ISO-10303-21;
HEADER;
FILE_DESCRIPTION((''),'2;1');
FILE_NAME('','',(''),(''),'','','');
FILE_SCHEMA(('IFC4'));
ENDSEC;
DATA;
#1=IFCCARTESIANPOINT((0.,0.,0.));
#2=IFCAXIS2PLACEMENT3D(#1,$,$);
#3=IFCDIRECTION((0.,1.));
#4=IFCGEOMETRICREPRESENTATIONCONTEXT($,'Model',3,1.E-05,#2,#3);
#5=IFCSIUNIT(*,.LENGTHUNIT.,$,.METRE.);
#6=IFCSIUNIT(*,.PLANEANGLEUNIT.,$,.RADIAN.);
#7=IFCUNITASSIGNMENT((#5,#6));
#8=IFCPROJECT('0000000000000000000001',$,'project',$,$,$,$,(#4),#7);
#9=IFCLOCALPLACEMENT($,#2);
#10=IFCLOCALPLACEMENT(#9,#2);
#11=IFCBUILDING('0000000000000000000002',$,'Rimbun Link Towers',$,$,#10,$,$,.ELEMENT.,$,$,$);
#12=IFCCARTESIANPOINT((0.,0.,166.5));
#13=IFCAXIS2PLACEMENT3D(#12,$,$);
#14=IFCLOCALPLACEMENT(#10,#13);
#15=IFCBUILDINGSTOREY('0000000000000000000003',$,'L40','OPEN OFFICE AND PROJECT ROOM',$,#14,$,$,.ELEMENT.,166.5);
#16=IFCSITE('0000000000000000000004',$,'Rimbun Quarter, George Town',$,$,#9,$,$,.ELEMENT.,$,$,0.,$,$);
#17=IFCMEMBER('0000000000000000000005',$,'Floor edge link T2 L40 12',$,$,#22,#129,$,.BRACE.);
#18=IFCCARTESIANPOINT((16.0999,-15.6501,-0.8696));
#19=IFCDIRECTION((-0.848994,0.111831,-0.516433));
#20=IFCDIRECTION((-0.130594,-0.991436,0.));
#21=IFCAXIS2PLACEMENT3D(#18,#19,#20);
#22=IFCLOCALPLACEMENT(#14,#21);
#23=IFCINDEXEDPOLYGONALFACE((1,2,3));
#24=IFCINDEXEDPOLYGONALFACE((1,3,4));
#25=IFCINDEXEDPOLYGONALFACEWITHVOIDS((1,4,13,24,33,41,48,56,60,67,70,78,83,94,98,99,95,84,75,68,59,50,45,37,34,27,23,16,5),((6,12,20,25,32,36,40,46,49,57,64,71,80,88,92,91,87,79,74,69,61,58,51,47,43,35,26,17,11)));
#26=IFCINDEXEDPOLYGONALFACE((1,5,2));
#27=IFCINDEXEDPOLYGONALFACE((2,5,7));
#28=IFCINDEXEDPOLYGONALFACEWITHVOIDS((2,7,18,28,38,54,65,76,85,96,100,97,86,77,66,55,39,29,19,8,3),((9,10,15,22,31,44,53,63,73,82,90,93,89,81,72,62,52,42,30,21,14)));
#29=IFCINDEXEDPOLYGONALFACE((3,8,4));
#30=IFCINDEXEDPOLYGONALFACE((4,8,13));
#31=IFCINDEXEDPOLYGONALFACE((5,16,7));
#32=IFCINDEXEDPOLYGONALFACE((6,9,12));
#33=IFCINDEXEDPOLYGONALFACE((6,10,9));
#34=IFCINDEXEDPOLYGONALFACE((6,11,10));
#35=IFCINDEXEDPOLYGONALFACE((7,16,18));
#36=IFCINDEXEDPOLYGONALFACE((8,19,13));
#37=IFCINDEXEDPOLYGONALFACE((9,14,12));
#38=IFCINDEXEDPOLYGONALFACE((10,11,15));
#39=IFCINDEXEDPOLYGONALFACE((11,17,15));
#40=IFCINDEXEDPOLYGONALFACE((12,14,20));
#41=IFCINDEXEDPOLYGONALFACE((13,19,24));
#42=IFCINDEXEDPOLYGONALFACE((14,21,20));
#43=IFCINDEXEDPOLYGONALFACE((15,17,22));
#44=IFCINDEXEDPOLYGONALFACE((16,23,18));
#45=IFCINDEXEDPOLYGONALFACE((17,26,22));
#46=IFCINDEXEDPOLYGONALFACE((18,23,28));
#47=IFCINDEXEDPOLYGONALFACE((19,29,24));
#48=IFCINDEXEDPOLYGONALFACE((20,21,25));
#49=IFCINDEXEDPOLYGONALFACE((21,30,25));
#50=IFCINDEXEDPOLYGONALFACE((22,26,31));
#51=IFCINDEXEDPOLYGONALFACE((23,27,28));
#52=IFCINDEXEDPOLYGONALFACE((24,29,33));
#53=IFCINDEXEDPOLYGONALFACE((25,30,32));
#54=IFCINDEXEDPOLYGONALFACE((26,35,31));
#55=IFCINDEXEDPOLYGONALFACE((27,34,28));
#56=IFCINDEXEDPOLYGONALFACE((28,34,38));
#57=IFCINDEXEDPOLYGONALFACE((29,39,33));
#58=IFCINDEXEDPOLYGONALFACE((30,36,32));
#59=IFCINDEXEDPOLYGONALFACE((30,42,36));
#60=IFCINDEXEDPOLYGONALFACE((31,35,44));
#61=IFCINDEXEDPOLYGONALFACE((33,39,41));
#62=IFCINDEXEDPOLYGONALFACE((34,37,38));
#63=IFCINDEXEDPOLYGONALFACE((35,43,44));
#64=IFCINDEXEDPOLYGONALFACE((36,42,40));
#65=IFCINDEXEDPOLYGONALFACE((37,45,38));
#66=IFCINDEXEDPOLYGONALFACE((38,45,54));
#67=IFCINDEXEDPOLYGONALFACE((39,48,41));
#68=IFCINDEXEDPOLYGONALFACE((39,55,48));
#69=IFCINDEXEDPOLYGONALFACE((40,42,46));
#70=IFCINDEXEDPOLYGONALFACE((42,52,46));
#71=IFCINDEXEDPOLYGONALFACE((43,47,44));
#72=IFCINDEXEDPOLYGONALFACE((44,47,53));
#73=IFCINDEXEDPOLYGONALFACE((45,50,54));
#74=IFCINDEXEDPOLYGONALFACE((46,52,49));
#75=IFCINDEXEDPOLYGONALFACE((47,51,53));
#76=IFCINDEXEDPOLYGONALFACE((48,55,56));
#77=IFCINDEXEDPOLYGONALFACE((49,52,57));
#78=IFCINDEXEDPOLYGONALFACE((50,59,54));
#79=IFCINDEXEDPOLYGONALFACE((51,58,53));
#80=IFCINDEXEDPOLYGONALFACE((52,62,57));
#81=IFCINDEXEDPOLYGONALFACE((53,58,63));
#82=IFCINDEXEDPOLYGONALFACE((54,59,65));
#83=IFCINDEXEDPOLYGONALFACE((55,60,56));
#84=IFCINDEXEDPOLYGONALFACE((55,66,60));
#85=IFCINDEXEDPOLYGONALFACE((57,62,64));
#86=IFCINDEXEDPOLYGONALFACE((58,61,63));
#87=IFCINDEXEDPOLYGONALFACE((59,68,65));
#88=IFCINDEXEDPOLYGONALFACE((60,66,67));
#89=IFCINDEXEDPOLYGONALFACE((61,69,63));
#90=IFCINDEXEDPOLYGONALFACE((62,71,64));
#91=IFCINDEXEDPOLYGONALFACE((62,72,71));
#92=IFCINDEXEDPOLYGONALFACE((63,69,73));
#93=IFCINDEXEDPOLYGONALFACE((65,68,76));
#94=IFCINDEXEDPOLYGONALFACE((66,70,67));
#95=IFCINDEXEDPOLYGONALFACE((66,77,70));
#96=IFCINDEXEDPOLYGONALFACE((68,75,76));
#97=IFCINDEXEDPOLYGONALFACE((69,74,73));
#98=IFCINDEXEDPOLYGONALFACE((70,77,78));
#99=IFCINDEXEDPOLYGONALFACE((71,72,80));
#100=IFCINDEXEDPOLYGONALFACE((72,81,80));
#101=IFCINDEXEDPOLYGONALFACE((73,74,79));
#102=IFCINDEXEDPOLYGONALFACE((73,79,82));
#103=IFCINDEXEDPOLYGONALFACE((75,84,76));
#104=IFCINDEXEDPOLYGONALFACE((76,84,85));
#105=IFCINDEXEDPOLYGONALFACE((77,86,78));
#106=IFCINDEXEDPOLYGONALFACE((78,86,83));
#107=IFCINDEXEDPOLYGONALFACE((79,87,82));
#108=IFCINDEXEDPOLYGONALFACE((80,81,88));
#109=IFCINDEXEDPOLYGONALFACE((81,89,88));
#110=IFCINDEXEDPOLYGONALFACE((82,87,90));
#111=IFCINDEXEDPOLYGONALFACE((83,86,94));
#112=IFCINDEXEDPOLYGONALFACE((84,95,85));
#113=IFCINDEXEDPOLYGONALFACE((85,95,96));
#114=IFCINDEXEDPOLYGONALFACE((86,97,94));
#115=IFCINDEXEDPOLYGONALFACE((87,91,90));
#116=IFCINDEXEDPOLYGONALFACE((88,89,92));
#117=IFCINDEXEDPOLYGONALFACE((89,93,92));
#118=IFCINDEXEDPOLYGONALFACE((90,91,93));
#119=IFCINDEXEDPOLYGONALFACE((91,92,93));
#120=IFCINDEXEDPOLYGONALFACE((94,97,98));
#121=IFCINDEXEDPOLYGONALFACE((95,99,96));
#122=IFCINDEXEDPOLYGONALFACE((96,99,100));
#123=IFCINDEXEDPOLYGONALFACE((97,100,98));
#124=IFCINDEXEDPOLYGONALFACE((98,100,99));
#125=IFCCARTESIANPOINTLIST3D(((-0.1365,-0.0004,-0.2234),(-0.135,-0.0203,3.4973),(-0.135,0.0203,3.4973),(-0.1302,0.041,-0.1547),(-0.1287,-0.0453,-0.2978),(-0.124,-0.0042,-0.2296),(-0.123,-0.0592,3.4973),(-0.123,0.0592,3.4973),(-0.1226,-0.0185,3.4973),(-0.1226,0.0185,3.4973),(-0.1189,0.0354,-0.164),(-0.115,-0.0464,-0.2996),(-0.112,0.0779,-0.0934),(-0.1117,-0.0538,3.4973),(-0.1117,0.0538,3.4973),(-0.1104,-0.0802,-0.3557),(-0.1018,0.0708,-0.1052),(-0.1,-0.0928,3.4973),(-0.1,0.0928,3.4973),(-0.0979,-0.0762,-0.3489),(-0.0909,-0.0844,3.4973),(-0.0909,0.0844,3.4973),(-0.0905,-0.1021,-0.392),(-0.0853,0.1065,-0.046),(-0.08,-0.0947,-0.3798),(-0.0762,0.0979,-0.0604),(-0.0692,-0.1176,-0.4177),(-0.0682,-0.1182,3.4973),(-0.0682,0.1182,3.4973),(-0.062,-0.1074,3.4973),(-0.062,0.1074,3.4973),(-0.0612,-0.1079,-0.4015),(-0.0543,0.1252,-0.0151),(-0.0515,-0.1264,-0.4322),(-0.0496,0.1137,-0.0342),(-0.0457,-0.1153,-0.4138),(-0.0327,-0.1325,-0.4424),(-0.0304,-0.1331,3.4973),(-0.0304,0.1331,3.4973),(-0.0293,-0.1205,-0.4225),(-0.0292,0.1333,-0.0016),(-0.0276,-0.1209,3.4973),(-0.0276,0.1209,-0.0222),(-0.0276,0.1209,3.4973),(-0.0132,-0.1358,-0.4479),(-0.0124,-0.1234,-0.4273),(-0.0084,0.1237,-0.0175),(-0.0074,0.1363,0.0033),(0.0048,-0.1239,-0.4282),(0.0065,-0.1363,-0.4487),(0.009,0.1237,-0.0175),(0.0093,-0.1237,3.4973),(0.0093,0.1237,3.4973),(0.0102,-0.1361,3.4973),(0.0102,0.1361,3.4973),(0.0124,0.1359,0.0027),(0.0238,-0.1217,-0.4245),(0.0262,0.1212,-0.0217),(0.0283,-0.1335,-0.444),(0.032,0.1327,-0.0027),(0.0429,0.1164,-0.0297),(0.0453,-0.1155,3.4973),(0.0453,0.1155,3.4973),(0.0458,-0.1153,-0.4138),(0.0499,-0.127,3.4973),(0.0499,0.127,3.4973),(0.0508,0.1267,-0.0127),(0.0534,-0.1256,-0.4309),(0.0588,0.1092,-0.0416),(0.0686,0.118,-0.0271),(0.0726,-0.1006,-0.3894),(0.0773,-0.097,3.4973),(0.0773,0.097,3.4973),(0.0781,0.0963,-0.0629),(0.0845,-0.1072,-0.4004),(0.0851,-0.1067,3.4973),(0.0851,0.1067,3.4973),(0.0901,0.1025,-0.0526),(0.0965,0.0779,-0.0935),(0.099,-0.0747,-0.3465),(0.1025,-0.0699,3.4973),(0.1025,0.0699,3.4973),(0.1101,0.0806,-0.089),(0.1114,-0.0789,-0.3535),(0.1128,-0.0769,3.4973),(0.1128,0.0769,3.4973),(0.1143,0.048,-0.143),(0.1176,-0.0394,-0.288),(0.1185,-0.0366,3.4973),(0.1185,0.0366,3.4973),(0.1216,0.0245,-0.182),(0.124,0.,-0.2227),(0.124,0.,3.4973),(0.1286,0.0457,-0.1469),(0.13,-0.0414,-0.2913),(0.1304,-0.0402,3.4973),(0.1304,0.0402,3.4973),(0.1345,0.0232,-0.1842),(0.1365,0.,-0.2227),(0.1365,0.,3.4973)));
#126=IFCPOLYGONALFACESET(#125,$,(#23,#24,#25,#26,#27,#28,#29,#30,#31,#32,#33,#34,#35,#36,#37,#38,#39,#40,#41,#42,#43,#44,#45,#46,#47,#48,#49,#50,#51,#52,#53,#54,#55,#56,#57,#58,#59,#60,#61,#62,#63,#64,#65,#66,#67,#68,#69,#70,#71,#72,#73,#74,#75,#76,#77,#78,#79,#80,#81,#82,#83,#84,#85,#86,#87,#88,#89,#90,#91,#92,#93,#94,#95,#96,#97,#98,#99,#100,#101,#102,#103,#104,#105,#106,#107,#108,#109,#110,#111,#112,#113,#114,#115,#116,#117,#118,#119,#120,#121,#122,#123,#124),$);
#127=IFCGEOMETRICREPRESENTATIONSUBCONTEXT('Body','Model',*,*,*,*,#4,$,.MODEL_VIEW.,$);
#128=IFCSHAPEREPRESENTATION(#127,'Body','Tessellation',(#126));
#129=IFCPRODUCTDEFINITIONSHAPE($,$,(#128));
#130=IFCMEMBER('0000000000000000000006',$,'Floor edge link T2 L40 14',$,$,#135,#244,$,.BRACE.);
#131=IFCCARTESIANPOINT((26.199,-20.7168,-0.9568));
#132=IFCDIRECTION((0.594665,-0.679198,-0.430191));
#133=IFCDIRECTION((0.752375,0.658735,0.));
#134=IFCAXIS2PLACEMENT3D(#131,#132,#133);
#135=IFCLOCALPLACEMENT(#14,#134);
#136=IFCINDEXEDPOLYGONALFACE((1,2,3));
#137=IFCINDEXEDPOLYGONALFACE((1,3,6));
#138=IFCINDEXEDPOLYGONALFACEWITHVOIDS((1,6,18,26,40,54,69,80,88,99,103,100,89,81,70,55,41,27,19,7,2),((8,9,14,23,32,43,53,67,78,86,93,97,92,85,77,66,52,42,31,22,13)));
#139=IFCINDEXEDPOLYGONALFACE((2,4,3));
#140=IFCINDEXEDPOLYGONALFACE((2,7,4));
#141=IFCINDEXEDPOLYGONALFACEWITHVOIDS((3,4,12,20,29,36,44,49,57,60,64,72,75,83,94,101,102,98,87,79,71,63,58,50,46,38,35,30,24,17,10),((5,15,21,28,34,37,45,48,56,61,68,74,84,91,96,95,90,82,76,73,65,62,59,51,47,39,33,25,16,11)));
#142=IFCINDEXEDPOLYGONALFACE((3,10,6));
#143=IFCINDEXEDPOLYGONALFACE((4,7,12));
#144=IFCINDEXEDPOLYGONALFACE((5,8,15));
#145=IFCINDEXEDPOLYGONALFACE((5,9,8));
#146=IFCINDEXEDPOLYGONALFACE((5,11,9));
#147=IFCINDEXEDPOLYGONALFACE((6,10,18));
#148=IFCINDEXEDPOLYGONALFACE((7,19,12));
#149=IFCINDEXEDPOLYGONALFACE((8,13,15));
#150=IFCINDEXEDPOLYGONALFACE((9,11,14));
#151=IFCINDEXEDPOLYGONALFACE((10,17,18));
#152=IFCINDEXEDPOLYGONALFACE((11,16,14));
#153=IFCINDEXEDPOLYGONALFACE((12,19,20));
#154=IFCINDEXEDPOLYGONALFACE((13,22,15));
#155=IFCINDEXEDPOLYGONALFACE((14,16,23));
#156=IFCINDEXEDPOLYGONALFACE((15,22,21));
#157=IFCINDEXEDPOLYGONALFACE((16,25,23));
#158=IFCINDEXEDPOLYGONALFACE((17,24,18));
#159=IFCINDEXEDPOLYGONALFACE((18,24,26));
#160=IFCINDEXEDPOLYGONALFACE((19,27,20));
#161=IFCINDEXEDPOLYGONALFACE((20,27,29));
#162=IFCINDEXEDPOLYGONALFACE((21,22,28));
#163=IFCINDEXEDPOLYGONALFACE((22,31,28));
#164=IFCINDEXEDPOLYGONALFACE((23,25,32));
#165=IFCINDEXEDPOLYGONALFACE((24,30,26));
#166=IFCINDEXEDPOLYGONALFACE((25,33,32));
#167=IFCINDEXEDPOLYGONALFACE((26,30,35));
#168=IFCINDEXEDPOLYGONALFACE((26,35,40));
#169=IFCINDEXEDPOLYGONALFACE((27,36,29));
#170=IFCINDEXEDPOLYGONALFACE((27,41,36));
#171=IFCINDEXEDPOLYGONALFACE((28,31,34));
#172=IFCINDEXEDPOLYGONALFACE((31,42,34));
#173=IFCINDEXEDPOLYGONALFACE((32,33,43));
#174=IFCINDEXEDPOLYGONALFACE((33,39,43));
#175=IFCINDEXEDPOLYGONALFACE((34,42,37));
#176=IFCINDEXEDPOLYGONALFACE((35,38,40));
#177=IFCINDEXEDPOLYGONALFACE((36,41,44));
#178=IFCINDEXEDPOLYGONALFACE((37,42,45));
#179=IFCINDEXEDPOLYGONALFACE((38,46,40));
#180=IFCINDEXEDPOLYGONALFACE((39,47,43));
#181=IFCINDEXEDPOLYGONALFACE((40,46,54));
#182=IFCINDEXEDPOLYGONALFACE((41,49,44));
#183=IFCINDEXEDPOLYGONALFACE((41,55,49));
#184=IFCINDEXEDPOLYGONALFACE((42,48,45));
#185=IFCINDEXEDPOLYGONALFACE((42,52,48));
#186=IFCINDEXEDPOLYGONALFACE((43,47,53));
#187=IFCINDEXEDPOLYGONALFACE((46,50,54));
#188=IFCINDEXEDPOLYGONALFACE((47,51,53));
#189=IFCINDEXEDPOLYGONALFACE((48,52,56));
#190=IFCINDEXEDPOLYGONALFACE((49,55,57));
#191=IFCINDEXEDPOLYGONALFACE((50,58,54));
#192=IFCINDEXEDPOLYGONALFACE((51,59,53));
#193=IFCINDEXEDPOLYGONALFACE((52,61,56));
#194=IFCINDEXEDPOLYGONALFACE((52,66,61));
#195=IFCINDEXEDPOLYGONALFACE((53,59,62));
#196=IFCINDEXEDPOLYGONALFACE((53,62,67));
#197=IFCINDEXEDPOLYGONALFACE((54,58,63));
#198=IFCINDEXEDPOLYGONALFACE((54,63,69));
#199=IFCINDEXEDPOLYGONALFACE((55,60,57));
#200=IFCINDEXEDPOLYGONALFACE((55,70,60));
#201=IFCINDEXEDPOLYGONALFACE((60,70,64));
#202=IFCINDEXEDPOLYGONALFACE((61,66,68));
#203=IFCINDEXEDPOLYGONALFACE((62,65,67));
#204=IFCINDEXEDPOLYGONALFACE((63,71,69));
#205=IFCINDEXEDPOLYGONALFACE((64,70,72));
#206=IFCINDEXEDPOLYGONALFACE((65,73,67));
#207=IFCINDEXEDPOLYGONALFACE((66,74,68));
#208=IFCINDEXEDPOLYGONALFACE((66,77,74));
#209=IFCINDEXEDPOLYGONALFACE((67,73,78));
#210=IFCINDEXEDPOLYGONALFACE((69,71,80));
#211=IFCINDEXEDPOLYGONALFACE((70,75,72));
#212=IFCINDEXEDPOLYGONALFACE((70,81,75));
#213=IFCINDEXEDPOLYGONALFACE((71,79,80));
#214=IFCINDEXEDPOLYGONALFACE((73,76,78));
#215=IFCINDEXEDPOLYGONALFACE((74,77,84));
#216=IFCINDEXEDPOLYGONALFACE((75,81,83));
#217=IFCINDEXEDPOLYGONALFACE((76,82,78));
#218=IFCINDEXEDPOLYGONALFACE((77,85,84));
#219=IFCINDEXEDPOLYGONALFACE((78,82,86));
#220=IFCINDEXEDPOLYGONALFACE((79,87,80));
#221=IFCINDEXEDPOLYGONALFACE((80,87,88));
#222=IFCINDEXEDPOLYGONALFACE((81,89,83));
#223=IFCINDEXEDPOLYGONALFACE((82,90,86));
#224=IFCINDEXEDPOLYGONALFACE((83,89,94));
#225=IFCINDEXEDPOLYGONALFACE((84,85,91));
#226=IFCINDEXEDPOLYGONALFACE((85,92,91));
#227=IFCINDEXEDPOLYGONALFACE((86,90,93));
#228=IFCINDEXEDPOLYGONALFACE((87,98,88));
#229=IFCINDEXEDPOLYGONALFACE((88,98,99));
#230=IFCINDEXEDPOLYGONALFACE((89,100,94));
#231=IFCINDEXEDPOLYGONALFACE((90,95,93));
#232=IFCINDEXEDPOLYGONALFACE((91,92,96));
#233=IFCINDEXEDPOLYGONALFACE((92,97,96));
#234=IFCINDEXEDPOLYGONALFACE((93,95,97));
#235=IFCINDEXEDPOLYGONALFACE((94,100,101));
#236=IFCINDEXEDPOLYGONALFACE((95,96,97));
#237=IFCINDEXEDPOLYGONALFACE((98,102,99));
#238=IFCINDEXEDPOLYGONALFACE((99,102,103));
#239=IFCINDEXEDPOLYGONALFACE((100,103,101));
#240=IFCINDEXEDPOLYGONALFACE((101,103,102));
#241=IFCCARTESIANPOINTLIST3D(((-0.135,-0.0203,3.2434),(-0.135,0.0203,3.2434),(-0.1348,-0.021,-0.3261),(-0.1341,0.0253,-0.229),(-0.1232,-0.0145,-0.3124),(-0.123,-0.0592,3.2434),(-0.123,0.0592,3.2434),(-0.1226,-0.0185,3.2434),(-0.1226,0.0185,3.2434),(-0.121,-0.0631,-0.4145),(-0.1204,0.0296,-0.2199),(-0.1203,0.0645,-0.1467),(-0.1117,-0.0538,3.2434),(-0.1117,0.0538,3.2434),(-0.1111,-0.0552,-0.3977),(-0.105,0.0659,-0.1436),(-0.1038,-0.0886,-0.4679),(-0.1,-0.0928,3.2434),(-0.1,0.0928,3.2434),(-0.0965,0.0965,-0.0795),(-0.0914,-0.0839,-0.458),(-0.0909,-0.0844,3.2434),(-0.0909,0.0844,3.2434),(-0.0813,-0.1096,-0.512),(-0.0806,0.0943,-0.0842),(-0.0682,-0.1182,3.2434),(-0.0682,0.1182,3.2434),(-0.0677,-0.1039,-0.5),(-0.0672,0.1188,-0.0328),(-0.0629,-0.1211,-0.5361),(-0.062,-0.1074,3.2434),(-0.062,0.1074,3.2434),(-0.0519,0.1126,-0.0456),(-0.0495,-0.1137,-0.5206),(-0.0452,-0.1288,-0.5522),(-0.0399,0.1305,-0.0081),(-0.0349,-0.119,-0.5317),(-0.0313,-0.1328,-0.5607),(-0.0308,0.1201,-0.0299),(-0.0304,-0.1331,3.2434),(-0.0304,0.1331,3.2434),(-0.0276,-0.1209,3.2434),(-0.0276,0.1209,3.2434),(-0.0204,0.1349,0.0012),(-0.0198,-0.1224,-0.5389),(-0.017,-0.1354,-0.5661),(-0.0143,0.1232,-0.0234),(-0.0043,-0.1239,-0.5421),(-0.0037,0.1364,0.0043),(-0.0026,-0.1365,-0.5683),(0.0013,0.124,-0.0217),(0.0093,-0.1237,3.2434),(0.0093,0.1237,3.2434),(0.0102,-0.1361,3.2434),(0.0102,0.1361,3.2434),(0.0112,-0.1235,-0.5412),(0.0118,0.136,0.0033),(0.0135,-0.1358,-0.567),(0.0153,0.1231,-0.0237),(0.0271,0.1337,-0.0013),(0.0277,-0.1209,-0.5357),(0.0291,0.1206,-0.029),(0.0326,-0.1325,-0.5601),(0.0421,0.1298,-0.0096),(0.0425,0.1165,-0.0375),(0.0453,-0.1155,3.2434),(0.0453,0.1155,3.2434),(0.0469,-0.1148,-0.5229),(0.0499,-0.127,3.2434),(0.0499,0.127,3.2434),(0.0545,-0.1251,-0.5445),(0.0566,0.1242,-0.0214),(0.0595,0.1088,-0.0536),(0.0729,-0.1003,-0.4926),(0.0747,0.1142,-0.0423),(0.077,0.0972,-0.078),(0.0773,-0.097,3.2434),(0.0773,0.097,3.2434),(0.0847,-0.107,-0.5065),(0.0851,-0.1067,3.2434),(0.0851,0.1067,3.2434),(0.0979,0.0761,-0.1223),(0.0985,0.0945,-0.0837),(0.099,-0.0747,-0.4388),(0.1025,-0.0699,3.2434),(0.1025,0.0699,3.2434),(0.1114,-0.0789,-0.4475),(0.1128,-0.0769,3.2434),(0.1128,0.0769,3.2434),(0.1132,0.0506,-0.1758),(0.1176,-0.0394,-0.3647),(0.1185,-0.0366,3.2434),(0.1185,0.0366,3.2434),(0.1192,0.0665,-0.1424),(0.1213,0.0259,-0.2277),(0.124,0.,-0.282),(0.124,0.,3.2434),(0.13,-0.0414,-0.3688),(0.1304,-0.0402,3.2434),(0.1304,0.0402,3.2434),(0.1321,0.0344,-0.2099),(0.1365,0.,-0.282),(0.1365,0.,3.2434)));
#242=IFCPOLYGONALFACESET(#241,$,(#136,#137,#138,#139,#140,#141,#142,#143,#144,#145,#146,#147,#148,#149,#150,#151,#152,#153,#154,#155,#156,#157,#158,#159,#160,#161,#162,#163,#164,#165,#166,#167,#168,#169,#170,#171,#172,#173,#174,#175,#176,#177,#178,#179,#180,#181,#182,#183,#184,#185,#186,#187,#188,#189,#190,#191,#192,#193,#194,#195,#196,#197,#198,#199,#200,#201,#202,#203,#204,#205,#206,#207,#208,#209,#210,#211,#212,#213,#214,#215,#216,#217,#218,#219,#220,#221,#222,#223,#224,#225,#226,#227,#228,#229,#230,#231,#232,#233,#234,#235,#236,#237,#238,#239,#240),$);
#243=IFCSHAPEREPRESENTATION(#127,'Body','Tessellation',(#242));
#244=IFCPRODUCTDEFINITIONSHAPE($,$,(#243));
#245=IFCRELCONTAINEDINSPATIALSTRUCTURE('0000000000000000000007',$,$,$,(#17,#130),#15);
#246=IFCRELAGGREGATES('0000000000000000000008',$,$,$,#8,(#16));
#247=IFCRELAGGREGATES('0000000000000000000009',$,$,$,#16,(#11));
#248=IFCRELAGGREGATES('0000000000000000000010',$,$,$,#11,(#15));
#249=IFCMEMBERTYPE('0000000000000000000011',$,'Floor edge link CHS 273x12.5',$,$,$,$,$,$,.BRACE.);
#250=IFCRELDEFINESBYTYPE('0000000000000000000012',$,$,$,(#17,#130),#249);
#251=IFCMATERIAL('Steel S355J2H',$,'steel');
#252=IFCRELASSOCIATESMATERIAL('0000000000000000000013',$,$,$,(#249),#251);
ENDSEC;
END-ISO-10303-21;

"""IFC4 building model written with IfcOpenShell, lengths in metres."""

from ifc_helpers import new_model, si_unit, direction, frame, origin, origin_2d, place, context, subcontext, project, spatial, hollow_circle, extrude, clip, halfspace, material, material_profile, profile_set, type_object, element, save


model = new_model("IFC4")

# Units and contexts
model_context = context("Model", 3, precision=1e-05, world=origin(), true_north=direction((0.0, 1.0)))
body_context = subcontext(model_context, "Body", "Model", "MODEL_VIEW")
ifc_project = project(units=[si_unit("LENGTHUNIT", "METRE"), si_unit("PLANEANGLEUNIT", "RADIAN")], contexts=[model_context])

# Site, building, storey
site_placement = place(None, origin())
site = spatial("IfcSite", under=ifc_project, at=site_placement, Name="Rimbun Quarter, George Town", CompositionType="ELEMENT", RefElevation=0.0)
building_placement = place(site_placement, origin())
building = spatial("IfcBuilding", under=site, at=building_placement, Name="Rimbun Link Towers", CompositionType="ELEMENT")
storey_placement = place(building_placement, frame((0.0, 0.0, 166.5)))
storey = spatial("IfcBuildingStorey", under=building, at=storey_placement, Name="L40", Description="OPEN OFFICE AND PROJECT ROOM", CompositionType="ELEMENT", Elevation=166.5)

# Members
ifc_material_1 = material(Name="Steel S355J2H", Category="steel")
ifc_material_profile_1 = material_profile(ifc_material_1, hollow_circle(Radius=0.1365, WallThickness=0.0125, at=origin_2d()), Name="CHS 273x12.5")
ifc_profile_set_1 = profile_set([ifc_material_profile_1], Name="Steel S355J2H")
member_type_1 = type_object("IfcMemberType", Name="Floor edge link CHS 273x12.5", PredefinedType="BRACE", material=ifc_profile_set_1)
member_1_placement = place(storey_placement, frame((16.0999, -15.6501, -0.8696), z_axis=(-0.848994, 0.111831, -0.516433), x_axis=(-0.130594, -0.991436, 0.0)))
element("IfcMember", 1, at=member_1_placement, inside=storey, type_object=member_type_1, Name="Floor edge link T2 L40 12", PredefinedType="BRACE", context=body_context, shape_type="Clipping", body=[
    clip(extrude(hollow_circle(Radius=0.1365, WallThickness=0.0125, at=origin_2d()), frame((0.0, 0.0, -0.4722)), (0.0, 0.0, 1.0), 3.9695), halfspace(frame((0.0, 0.0, -0.2227), z_axis=(0.0, 0.856328, -0.516433)), False)),
])
member_2_placement = place(storey_placement, frame((26.199, -20.7168, -0.9568), z_axis=(0.594665, -0.679198, -0.430191), x_axis=(0.752375, 0.658735, 0.0)))
element("IfcMember", 2, at=member_2_placement, inside=storey, type_object=member_type_1, Name="Floor edge link T2 L40 14", PredefinedType="BRACE", context=body_context, shape_type="Clipping", body=[
    clip(extrude(hollow_circle(Radius=0.1365, WallThickness=0.0125, at=origin_2d()), frame((0.0, 0.0, -0.5962)), (0.0, 0.0, 1.0), 3.8396), halfspace(frame((0.0, 0.0, -0.282), z_axis=(0.0, 0.902738, -0.430191)), False)),
])

save(model, "model.ifc")
